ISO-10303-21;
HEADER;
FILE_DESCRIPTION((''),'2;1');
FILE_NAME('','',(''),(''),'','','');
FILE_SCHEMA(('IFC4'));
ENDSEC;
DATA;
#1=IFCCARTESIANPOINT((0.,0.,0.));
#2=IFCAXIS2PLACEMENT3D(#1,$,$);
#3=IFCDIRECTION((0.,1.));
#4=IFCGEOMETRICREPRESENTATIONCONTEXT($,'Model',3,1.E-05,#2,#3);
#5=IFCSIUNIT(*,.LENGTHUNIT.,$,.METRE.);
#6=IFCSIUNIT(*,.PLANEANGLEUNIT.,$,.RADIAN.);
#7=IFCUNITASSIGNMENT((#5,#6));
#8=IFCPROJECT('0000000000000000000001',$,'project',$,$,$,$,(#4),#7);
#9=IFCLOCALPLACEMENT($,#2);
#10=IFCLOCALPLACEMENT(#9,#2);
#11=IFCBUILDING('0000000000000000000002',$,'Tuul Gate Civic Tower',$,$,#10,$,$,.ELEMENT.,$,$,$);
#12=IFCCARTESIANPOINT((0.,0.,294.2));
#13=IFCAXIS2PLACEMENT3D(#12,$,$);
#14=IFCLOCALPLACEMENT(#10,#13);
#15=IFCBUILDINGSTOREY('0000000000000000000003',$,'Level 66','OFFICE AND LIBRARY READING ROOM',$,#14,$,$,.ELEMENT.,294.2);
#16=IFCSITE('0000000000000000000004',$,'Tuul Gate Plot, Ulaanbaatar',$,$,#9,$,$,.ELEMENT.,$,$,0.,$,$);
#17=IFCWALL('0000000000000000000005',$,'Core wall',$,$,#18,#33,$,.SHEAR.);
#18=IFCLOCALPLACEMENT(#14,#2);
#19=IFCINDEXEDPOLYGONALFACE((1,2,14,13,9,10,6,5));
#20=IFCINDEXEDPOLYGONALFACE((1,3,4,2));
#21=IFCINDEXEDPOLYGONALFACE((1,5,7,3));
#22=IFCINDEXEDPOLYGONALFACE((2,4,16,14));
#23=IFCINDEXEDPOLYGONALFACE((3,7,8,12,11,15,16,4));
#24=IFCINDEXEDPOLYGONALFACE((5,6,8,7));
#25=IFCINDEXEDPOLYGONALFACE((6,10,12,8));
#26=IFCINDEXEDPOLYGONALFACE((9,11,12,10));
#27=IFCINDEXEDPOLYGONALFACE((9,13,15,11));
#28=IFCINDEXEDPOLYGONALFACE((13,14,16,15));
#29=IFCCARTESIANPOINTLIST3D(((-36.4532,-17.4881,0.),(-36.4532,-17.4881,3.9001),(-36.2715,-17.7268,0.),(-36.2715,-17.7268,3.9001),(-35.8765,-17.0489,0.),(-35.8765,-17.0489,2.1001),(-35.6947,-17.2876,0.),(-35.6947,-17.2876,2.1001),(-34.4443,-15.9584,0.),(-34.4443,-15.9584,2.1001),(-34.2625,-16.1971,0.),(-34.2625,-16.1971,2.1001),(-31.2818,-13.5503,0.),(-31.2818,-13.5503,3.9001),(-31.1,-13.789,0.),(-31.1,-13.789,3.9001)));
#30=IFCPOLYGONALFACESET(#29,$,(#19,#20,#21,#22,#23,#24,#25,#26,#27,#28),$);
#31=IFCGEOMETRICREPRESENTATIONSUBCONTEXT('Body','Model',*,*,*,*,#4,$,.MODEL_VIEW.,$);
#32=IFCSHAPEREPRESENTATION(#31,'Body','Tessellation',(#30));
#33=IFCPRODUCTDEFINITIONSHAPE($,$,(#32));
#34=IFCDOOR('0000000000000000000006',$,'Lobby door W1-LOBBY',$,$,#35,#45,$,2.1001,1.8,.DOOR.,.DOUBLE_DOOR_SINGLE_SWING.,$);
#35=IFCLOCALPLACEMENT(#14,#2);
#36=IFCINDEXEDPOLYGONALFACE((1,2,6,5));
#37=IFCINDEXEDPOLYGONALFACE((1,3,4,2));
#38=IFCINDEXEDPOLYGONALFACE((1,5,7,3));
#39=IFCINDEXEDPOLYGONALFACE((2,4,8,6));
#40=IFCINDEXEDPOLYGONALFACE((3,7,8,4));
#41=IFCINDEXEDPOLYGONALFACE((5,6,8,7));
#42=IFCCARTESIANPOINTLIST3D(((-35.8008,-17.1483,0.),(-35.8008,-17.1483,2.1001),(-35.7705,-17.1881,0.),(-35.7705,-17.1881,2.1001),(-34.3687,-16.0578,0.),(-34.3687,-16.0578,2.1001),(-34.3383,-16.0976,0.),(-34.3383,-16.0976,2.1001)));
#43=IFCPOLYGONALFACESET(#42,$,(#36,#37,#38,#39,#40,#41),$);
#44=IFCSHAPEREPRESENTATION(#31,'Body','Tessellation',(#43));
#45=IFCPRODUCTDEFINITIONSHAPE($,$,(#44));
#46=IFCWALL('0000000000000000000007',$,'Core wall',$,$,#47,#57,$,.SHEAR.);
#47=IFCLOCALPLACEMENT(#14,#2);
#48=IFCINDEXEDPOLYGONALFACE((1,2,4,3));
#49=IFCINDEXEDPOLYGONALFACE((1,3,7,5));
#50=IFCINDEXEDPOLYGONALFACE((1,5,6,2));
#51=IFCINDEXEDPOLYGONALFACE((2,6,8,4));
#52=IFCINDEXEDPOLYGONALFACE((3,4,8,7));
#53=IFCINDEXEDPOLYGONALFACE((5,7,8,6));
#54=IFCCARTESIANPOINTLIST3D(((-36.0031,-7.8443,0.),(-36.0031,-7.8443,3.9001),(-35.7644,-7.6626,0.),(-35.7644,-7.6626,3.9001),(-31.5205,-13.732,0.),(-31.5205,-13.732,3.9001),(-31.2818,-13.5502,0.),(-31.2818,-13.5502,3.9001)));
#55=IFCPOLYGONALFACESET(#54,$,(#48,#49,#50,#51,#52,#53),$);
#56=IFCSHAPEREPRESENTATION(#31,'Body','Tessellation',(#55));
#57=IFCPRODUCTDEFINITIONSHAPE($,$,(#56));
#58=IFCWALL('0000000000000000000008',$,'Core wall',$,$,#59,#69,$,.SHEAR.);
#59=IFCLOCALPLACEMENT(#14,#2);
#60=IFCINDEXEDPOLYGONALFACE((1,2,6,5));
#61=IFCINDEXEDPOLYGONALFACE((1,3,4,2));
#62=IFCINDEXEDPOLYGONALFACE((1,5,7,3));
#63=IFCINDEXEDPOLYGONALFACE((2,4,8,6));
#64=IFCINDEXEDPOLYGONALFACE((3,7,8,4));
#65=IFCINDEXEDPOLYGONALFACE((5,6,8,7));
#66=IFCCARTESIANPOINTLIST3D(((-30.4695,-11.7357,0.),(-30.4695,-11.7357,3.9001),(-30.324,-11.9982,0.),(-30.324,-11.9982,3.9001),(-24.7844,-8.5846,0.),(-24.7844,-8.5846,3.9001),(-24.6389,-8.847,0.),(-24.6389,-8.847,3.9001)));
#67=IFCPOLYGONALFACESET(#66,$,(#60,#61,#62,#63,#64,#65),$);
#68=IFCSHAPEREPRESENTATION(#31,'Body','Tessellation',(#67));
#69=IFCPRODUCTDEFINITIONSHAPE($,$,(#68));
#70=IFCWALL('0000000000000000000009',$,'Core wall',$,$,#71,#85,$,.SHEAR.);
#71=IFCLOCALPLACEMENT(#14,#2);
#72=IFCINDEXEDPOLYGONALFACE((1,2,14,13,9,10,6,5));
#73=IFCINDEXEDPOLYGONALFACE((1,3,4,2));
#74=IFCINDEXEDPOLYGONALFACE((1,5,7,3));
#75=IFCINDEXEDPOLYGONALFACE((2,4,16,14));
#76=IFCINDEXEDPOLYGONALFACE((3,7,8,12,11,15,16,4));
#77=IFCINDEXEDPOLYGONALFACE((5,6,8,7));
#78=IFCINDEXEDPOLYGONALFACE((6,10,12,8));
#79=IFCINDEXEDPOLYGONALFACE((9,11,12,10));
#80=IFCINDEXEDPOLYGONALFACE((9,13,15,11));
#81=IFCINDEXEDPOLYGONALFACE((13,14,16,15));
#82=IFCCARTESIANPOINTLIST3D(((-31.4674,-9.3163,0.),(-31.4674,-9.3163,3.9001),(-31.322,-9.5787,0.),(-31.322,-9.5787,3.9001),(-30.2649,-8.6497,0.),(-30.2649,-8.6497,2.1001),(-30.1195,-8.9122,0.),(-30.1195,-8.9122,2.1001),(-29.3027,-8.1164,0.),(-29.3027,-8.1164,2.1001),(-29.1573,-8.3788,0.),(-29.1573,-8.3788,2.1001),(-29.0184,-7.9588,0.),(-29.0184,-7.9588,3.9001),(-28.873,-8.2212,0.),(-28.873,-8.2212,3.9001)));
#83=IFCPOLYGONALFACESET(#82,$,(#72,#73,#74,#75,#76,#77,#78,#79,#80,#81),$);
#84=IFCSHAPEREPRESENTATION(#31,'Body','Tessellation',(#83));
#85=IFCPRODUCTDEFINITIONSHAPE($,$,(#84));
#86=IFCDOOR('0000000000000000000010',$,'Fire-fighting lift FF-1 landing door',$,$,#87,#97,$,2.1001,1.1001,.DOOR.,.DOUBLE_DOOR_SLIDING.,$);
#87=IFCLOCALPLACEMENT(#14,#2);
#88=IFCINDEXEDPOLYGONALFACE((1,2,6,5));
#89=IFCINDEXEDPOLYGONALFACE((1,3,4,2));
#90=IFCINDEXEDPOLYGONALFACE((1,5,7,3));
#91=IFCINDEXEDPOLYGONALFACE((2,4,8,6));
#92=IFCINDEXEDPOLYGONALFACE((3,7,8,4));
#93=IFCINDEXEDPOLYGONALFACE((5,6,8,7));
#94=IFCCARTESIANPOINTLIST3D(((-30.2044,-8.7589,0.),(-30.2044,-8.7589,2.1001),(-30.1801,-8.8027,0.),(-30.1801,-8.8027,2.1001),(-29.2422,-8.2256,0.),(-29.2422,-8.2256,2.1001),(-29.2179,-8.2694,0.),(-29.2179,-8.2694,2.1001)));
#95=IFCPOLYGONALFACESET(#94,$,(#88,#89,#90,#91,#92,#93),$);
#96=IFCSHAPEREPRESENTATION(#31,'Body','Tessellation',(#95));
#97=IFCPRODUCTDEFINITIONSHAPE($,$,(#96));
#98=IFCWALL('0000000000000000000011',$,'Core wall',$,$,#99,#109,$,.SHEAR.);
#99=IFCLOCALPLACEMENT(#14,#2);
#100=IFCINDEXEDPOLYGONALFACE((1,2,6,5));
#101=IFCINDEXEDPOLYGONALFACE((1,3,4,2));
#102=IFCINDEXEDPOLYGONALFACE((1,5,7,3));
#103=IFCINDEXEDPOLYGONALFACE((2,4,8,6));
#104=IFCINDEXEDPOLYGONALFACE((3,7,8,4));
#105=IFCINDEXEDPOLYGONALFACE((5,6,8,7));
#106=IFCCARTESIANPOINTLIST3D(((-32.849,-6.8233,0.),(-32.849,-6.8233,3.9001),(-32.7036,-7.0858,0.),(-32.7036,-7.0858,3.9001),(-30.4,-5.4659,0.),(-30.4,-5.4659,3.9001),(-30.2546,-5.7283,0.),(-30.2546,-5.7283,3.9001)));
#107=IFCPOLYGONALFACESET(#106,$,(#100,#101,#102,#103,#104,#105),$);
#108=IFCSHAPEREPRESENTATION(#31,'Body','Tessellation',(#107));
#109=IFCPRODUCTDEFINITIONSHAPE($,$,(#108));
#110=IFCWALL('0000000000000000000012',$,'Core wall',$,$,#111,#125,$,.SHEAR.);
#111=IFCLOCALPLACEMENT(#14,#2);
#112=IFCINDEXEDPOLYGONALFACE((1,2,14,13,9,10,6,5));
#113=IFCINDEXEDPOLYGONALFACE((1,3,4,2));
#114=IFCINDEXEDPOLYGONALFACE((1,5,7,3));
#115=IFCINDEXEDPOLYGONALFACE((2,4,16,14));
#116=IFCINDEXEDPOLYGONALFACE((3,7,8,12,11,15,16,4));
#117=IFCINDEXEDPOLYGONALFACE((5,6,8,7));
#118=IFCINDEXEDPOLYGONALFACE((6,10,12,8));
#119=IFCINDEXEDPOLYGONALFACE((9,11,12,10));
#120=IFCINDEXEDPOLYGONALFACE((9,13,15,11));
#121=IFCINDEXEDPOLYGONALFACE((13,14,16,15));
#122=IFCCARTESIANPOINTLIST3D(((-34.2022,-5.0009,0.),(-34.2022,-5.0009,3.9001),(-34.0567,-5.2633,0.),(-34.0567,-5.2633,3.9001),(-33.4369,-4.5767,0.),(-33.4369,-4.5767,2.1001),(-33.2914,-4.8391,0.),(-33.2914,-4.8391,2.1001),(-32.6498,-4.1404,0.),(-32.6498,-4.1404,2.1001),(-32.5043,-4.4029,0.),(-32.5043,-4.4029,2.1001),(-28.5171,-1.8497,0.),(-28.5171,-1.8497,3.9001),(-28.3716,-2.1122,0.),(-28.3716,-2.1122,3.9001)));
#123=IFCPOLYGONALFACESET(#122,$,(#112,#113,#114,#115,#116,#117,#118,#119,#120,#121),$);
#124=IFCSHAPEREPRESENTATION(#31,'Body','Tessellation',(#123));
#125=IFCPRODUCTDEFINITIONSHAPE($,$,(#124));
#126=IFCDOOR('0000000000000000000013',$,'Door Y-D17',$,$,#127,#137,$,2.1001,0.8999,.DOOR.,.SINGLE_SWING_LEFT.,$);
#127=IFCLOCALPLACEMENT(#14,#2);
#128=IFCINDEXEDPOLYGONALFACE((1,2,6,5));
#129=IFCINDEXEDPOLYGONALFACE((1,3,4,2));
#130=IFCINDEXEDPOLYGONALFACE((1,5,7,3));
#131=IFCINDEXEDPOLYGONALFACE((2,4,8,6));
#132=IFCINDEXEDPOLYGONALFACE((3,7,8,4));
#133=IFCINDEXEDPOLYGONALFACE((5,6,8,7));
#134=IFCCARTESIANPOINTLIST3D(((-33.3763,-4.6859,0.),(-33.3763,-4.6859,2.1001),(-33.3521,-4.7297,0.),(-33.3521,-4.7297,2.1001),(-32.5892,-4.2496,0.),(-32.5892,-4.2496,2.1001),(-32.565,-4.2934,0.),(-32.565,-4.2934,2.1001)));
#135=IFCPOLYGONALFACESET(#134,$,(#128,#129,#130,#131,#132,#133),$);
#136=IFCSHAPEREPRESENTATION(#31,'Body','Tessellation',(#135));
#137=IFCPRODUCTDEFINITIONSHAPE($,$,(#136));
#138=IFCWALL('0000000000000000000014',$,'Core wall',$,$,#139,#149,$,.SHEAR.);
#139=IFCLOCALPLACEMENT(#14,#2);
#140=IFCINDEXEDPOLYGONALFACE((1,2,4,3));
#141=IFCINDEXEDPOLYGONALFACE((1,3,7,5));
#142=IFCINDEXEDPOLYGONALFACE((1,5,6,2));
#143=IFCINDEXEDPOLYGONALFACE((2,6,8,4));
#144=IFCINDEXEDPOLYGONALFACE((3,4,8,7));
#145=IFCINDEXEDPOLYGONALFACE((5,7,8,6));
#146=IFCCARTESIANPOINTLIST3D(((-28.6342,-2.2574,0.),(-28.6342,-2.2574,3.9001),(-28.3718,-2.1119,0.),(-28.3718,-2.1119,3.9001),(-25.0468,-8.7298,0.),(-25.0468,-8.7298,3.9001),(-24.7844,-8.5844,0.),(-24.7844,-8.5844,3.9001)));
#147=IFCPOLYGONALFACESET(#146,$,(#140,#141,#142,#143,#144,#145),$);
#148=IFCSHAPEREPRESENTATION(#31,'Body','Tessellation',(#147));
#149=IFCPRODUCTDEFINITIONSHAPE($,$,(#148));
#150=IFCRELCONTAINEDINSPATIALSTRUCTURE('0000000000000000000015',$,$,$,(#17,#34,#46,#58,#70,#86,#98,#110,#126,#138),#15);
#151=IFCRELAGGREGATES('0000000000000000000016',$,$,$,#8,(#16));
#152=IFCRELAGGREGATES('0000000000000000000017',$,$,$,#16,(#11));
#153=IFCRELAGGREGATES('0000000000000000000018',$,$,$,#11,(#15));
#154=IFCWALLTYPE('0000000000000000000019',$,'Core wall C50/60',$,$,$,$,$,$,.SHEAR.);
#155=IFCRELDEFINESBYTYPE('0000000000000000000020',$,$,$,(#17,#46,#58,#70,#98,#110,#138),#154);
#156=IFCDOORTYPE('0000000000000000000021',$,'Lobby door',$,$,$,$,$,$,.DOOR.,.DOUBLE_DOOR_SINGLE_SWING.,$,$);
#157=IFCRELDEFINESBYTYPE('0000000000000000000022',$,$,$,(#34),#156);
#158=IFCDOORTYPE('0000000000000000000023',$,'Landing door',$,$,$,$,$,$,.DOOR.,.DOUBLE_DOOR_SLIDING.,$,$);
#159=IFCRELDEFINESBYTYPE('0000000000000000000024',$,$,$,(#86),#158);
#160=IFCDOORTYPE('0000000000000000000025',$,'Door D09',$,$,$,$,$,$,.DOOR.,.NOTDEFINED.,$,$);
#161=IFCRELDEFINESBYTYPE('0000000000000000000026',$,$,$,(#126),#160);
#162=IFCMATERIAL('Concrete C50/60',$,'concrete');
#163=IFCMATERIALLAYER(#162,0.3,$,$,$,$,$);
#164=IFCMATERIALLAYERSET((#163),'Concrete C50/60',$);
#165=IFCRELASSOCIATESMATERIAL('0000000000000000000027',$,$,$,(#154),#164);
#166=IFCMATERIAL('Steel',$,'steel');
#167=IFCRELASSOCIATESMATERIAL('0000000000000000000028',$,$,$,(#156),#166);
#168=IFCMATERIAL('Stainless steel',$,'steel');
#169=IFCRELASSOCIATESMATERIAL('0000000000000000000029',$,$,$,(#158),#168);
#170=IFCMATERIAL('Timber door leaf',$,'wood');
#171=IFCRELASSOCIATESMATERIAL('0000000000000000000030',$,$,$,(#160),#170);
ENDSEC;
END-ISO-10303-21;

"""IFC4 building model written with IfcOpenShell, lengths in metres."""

from ifc_helpers import new_model, si_unit, direction, frame, frame_2d, origin, place, context, subcontext, project, spatial, rectangle, extrude, material, layer, layer_set, type_object, element, fill, save


model = new_model("IFC4")

# Units and contexts
model_context = context("Model", 3, precision=1e-05, world=origin(), true_north=direction((0.0, 1.0)))
body_context = subcontext(model_context, "Body", "Model", "MODEL_VIEW")
ifc_project = project(units=[si_unit("LENGTHUNIT", "METRE"), si_unit("PLANEANGLEUNIT", "RADIAN")], contexts=[model_context])

# Site, building, storey
site_placement = place(None, origin())
site = spatial("IfcSite", under=ifc_project, at=site_placement, Name="Tuul Gate Plot, Ulaanbaatar", CompositionType="ELEMENT", RefElevation=0.0)
building_placement = place(site_placement, origin())
building = spatial("IfcBuilding", under=site, at=building_placement, Name="Tuul Gate Civic Tower", CompositionType="ELEMENT")
storey_placement = place(building_placement, frame((0.0, 0.0, 294.2)))
storey = spatial("IfcBuildingStorey", under=building, at=storey_placement, Name="Level 66", Description="OFFICE AND LIBRARY READING ROOM", CompositionType="ELEMENT", Elevation=294.2)

# Wall, opening, door
ifc_material_1 = material(Name="Concrete C50/60", Category="concrete")
ifc_layer_1 = layer(ifc_material_1, 0.3)
ifc_layer_set_1 = layer_set([ifc_layer_1], Name="Concrete C50/60")
wall_type_1 = type_object("IfcWallType", Name="Core wall C50/60", PredefinedType="SHEAR", material=ifc_layer_set_1)
wall_1_placement = place(storey_placement, frame((-31.1909, -13.6697, 0.0), z_axis=(0.0, 0.0, 1.0), x_axis=(-0.795607, -0.605813, 0.0)))
wall_1 = element("IfcWall", 1, at=wall_1_placement, inside=storey, type_object=wall_type_1, Name="Core wall", PredefinedType="SHEAR", context=body_context, shape_type="SweptSolid", body=[
    extrude(rectangle(XDim=6.5, YDim=0.3, at=frame_2d((3.25, 0.0))), origin(), (0.0, 0.0, 1.0), 3.9001),
])
opening_1_placement = place(wall_1_placement, frame((3.9751, 0.0, 0.0)))
opening_1 = element("IfcOpeningElement", 2, at=opening_1_placement, cuts=wall_1, PredefinedType="OPENING", context=body_context, shape_type="SweptSolid", body=[
    extrude(rectangle(XDim=1.8, YDim=2.1001, at=frame_2d((0.8999, 1.05))), frame((0.0, 0.1602, 0.0), z_axis=(0.0, -1.0, 0.0), x_axis=(1.0, 0.0, 0.0)), (0.0, 0.0, 1.0), 0.3201),
])
ifc_material_2 = material(Name="Steel", Category="steel")
door_type_1 = type_object("IfcDoorType", Name="Lobby door", OperationType="DOUBLE_DOOR_SINGLE_SWING", PredefinedType="DOOR", material=ifc_material_2)
door_1_placement = place(opening_1_placement, origin())
door_1 = element("IfcDoor", 3, at=door_1_placement, inside=storey, type_object=door_type_1, Name="Lobby door W1-LOBBY", OperationType="DOUBLE_DOOR_SINGLE_SWING", OverallHeight=2.1001, OverallWidth=1.8, PredefinedType="DOOR", context=body_context, shape_type="SweptSolid", body=[
    extrude(rectangle(XDim=1.8, YDim=2.1001, at=frame_2d((0.8999, 1.05))), frame((0.0, 0.0249, 0.0), z_axis=(0.0, -1.0, 0.0), x_axis=(1.0, 0.0, 0.0)), (0.0, 0.0, 1.0), 0.05),
])
fill(opening_1, door_1)

# Walls
wall_2_placement = place(storey_placement, frame((-31.4011, -13.6411, 0.0), z_axis=(0.0, 0.0, 1.0), x_axis=(-0.60577, 0.79564, 0.0)))
element("IfcWall", 4, at=wall_2_placement, inside=storey, type_object=wall_type_1, Name="Core wall", PredefinedType="SHEAR", context=body_context, shape_type="SweptSolid", body=[
    extrude(rectangle(XDim=7.3999, YDim=0.3, at=frame_2d((3.7, 0.0))), origin(), (0.0, 0.0, 1.0), 3.9001),
])
wall_3_placement = place(storey_placement, frame((-24.7117, -8.7158, 0.0), z_axis=(0.0, 0.0, 1.0), x_axis=(-0.87463, -0.484791, 0.0)))
element("IfcWall", 5, at=wall_3_placement, inside=storey, type_object=wall_type_1, Name="Core wall", PredefinedType="SHEAR", context=body_context, shape_type="SweptSolid", body=[
    extrude(rectangle(XDim=6.5, YDim=0.3, at=frame_2d((3.25, 0.0))), origin(), (0.0, 0.0, 1.0), 3.9001),
])

# Wall, opening, door
wall_4_placement = place(storey_placement, frame((-28.9458, -8.0901, 0.0), z_axis=(0.0, 0.0, 1.0), x_axis=(-0.87463, -0.484791, 0.0)))
wall_4 = element("IfcWall", 6, at=wall_4_placement, inside=storey, type_object=wall_type_1, Name="Core wall", PredefinedType="SHEAR", context=body_context, shape_type="SweptSolid", body=[
    extrude(rectangle(XDim=2.8, YDim=0.3, at=frame_2d((1.3999, 0.0))), origin(), (0.0, 0.0, 1.0), 3.9001),
])
opening_2_placement = place(wall_4_placement, frame((0.325, 0.0, 0.0)))
opening_2 = element("IfcOpeningElement", 7, at=opening_2_placement, cuts=wall_4, PredefinedType="OPENING", context=body_context, shape_type="SweptSolid", body=[
    extrude(rectangle(XDim=1.1001, YDim=2.1001, at=frame_2d((0.55, 1.05))), frame((0.0, 0.1602, 0.0), z_axis=(0.0, -1.0, 0.0), x_axis=(1.0, 0.0, 0.0)), (0.0, 0.0, 1.0), 0.3201),
])
ifc_material_3 = material(Name="Stainless steel", Category="steel")
door_type_2 = type_object("IfcDoorType", Name="Landing door", OperationType="DOUBLE_DOOR_SLIDING", PredefinedType="DOOR", material=ifc_material_3)
door_2_placement = place(opening_2_placement, origin())
door_2 = element("IfcDoor", 8, at=door_2_placement, inside=storey, type_object=door_type_2, Name="Fire-fighting lift FF-1 landing door", OperationType="DOUBLE_DOOR_SLIDING", OverallHeight=2.1001, OverallWidth=1.1001, PredefinedType="DOOR", context=body_context, shape_type="SweptSolid", body=[
    extrude(rectangle(XDim=1.1001, YDim=2.1001, at=frame_2d((0.55, 1.05))), frame((0.0, 0.0249, 0.0), z_axis=(0.0, -1.0, 0.0), x_axis=(1.0, 0.0, 0.0)), (0.0, 0.0, 1.0), 0.05),
])
fill(opening_2, door_2)

# Wall
wall_5_placement = place(storey_placement, frame((-30.3274, -5.5972, 0.0), z_axis=(0.0, 0.0, 1.0), x_axis=(-0.87463, -0.484791, 0.0)))
element("IfcWall", 9, at=wall_5_placement, inside=storey, type_object=wall_type_1, Name="Core wall", PredefinedType="SHEAR", context=body_context, shape_type="SweptSolid", body=[
    extrude(rectangle(XDim=2.8, YDim=0.3, at=frame_2d((1.3999, 0.0))), origin(), (0.0, 0.0, 1.0), 3.9001),
])

# Wall, opening, door
wall_6_placement = place(storey_placement, frame((-28.4443, -1.981, 0.0), z_axis=(0.0, 0.0, 1.0), x_axis=(-0.87463, -0.484791, 0.0)))
wall_6 = element("IfcWall", 10, at=wall_6_placement, inside=storey, type_object=wall_type_1, Name="Core wall", PredefinedType="SHEAR", context=body_context, shape_type="SweptSolid", body=[
    extrude(rectangle(XDim=6.5, YDim=0.3, at=frame_2d((3.25, 0.0))), origin(), (0.0, 0.0, 1.0), 3.9001),
])
opening_3_placement = place(wall_6_placement, frame((4.7251, 0.0, 0.0)))
opening_3 = element("IfcOpeningElement", 11, at=opening_3_placement, cuts=wall_6, PredefinedType="OPENING", context=body_context, shape_type="SweptSolid", body=[
    extrude(rectangle(XDim=0.8999, YDim=2.1001, at=frame_2d((0.45, 1.05))), frame((0.0, 0.1602, 0.0), z_axis=(0.0, -1.0, 0.0), x_axis=(1.0, 0.0, 0.0)), (0.0, 0.0, 1.0), 0.3201),
])
ifc_material_4 = material(Name="Timber door leaf", Category="wood")
door_type_3 = type_object("IfcDoorType", Name="Door D09", OperationType="NOTDEFINED", PredefinedType="DOOR", material=ifc_material_4)
door_3_placement = place(opening_3_placement, origin())
door_3 = element("IfcDoor", 12, at=door_3_placement, inside=storey, type_object=door_type_3, Name="Door Y-D17", OperationType="SINGLE_SWING_LEFT", OverallHeight=2.1001, OverallWidth=0.8999, PredefinedType="DOOR", context=body_context, shape_type="SweptSolid", body=[
    extrude(rectangle(XDim=0.8999, YDim=2.1001, at=frame_2d((0.45, 1.05))), frame((0.0, 0.0249, 0.0), z_axis=(0.0, -1.0, 0.0), x_axis=(1.0, 0.0, 0.0)), (0.0, 0.0, 1.0), 0.05),
])
fill(opening_3, door_3)

# Wall
wall_7_placement = place(storey_placement, frame((-24.9155, -8.6572, 0.0), z_axis=(0.0, 0.0, 1.0), x_axis=(-0.484777, 0.874638, 0.0)))
element("IfcWall", 13, at=wall_7_placement, inside=storey, type_object=wall_type_1, Name="Core wall", PredefinedType="SHEAR", context=body_context, shape_type="SweptSolid", body=[
    extrude(rectangle(XDim=7.4001, YDim=0.3, at=frame_2d((3.7002, 0.0))), origin(), (0.0, 0.0, 1.0), 3.9001),
])

save(model, "model.ifc")
